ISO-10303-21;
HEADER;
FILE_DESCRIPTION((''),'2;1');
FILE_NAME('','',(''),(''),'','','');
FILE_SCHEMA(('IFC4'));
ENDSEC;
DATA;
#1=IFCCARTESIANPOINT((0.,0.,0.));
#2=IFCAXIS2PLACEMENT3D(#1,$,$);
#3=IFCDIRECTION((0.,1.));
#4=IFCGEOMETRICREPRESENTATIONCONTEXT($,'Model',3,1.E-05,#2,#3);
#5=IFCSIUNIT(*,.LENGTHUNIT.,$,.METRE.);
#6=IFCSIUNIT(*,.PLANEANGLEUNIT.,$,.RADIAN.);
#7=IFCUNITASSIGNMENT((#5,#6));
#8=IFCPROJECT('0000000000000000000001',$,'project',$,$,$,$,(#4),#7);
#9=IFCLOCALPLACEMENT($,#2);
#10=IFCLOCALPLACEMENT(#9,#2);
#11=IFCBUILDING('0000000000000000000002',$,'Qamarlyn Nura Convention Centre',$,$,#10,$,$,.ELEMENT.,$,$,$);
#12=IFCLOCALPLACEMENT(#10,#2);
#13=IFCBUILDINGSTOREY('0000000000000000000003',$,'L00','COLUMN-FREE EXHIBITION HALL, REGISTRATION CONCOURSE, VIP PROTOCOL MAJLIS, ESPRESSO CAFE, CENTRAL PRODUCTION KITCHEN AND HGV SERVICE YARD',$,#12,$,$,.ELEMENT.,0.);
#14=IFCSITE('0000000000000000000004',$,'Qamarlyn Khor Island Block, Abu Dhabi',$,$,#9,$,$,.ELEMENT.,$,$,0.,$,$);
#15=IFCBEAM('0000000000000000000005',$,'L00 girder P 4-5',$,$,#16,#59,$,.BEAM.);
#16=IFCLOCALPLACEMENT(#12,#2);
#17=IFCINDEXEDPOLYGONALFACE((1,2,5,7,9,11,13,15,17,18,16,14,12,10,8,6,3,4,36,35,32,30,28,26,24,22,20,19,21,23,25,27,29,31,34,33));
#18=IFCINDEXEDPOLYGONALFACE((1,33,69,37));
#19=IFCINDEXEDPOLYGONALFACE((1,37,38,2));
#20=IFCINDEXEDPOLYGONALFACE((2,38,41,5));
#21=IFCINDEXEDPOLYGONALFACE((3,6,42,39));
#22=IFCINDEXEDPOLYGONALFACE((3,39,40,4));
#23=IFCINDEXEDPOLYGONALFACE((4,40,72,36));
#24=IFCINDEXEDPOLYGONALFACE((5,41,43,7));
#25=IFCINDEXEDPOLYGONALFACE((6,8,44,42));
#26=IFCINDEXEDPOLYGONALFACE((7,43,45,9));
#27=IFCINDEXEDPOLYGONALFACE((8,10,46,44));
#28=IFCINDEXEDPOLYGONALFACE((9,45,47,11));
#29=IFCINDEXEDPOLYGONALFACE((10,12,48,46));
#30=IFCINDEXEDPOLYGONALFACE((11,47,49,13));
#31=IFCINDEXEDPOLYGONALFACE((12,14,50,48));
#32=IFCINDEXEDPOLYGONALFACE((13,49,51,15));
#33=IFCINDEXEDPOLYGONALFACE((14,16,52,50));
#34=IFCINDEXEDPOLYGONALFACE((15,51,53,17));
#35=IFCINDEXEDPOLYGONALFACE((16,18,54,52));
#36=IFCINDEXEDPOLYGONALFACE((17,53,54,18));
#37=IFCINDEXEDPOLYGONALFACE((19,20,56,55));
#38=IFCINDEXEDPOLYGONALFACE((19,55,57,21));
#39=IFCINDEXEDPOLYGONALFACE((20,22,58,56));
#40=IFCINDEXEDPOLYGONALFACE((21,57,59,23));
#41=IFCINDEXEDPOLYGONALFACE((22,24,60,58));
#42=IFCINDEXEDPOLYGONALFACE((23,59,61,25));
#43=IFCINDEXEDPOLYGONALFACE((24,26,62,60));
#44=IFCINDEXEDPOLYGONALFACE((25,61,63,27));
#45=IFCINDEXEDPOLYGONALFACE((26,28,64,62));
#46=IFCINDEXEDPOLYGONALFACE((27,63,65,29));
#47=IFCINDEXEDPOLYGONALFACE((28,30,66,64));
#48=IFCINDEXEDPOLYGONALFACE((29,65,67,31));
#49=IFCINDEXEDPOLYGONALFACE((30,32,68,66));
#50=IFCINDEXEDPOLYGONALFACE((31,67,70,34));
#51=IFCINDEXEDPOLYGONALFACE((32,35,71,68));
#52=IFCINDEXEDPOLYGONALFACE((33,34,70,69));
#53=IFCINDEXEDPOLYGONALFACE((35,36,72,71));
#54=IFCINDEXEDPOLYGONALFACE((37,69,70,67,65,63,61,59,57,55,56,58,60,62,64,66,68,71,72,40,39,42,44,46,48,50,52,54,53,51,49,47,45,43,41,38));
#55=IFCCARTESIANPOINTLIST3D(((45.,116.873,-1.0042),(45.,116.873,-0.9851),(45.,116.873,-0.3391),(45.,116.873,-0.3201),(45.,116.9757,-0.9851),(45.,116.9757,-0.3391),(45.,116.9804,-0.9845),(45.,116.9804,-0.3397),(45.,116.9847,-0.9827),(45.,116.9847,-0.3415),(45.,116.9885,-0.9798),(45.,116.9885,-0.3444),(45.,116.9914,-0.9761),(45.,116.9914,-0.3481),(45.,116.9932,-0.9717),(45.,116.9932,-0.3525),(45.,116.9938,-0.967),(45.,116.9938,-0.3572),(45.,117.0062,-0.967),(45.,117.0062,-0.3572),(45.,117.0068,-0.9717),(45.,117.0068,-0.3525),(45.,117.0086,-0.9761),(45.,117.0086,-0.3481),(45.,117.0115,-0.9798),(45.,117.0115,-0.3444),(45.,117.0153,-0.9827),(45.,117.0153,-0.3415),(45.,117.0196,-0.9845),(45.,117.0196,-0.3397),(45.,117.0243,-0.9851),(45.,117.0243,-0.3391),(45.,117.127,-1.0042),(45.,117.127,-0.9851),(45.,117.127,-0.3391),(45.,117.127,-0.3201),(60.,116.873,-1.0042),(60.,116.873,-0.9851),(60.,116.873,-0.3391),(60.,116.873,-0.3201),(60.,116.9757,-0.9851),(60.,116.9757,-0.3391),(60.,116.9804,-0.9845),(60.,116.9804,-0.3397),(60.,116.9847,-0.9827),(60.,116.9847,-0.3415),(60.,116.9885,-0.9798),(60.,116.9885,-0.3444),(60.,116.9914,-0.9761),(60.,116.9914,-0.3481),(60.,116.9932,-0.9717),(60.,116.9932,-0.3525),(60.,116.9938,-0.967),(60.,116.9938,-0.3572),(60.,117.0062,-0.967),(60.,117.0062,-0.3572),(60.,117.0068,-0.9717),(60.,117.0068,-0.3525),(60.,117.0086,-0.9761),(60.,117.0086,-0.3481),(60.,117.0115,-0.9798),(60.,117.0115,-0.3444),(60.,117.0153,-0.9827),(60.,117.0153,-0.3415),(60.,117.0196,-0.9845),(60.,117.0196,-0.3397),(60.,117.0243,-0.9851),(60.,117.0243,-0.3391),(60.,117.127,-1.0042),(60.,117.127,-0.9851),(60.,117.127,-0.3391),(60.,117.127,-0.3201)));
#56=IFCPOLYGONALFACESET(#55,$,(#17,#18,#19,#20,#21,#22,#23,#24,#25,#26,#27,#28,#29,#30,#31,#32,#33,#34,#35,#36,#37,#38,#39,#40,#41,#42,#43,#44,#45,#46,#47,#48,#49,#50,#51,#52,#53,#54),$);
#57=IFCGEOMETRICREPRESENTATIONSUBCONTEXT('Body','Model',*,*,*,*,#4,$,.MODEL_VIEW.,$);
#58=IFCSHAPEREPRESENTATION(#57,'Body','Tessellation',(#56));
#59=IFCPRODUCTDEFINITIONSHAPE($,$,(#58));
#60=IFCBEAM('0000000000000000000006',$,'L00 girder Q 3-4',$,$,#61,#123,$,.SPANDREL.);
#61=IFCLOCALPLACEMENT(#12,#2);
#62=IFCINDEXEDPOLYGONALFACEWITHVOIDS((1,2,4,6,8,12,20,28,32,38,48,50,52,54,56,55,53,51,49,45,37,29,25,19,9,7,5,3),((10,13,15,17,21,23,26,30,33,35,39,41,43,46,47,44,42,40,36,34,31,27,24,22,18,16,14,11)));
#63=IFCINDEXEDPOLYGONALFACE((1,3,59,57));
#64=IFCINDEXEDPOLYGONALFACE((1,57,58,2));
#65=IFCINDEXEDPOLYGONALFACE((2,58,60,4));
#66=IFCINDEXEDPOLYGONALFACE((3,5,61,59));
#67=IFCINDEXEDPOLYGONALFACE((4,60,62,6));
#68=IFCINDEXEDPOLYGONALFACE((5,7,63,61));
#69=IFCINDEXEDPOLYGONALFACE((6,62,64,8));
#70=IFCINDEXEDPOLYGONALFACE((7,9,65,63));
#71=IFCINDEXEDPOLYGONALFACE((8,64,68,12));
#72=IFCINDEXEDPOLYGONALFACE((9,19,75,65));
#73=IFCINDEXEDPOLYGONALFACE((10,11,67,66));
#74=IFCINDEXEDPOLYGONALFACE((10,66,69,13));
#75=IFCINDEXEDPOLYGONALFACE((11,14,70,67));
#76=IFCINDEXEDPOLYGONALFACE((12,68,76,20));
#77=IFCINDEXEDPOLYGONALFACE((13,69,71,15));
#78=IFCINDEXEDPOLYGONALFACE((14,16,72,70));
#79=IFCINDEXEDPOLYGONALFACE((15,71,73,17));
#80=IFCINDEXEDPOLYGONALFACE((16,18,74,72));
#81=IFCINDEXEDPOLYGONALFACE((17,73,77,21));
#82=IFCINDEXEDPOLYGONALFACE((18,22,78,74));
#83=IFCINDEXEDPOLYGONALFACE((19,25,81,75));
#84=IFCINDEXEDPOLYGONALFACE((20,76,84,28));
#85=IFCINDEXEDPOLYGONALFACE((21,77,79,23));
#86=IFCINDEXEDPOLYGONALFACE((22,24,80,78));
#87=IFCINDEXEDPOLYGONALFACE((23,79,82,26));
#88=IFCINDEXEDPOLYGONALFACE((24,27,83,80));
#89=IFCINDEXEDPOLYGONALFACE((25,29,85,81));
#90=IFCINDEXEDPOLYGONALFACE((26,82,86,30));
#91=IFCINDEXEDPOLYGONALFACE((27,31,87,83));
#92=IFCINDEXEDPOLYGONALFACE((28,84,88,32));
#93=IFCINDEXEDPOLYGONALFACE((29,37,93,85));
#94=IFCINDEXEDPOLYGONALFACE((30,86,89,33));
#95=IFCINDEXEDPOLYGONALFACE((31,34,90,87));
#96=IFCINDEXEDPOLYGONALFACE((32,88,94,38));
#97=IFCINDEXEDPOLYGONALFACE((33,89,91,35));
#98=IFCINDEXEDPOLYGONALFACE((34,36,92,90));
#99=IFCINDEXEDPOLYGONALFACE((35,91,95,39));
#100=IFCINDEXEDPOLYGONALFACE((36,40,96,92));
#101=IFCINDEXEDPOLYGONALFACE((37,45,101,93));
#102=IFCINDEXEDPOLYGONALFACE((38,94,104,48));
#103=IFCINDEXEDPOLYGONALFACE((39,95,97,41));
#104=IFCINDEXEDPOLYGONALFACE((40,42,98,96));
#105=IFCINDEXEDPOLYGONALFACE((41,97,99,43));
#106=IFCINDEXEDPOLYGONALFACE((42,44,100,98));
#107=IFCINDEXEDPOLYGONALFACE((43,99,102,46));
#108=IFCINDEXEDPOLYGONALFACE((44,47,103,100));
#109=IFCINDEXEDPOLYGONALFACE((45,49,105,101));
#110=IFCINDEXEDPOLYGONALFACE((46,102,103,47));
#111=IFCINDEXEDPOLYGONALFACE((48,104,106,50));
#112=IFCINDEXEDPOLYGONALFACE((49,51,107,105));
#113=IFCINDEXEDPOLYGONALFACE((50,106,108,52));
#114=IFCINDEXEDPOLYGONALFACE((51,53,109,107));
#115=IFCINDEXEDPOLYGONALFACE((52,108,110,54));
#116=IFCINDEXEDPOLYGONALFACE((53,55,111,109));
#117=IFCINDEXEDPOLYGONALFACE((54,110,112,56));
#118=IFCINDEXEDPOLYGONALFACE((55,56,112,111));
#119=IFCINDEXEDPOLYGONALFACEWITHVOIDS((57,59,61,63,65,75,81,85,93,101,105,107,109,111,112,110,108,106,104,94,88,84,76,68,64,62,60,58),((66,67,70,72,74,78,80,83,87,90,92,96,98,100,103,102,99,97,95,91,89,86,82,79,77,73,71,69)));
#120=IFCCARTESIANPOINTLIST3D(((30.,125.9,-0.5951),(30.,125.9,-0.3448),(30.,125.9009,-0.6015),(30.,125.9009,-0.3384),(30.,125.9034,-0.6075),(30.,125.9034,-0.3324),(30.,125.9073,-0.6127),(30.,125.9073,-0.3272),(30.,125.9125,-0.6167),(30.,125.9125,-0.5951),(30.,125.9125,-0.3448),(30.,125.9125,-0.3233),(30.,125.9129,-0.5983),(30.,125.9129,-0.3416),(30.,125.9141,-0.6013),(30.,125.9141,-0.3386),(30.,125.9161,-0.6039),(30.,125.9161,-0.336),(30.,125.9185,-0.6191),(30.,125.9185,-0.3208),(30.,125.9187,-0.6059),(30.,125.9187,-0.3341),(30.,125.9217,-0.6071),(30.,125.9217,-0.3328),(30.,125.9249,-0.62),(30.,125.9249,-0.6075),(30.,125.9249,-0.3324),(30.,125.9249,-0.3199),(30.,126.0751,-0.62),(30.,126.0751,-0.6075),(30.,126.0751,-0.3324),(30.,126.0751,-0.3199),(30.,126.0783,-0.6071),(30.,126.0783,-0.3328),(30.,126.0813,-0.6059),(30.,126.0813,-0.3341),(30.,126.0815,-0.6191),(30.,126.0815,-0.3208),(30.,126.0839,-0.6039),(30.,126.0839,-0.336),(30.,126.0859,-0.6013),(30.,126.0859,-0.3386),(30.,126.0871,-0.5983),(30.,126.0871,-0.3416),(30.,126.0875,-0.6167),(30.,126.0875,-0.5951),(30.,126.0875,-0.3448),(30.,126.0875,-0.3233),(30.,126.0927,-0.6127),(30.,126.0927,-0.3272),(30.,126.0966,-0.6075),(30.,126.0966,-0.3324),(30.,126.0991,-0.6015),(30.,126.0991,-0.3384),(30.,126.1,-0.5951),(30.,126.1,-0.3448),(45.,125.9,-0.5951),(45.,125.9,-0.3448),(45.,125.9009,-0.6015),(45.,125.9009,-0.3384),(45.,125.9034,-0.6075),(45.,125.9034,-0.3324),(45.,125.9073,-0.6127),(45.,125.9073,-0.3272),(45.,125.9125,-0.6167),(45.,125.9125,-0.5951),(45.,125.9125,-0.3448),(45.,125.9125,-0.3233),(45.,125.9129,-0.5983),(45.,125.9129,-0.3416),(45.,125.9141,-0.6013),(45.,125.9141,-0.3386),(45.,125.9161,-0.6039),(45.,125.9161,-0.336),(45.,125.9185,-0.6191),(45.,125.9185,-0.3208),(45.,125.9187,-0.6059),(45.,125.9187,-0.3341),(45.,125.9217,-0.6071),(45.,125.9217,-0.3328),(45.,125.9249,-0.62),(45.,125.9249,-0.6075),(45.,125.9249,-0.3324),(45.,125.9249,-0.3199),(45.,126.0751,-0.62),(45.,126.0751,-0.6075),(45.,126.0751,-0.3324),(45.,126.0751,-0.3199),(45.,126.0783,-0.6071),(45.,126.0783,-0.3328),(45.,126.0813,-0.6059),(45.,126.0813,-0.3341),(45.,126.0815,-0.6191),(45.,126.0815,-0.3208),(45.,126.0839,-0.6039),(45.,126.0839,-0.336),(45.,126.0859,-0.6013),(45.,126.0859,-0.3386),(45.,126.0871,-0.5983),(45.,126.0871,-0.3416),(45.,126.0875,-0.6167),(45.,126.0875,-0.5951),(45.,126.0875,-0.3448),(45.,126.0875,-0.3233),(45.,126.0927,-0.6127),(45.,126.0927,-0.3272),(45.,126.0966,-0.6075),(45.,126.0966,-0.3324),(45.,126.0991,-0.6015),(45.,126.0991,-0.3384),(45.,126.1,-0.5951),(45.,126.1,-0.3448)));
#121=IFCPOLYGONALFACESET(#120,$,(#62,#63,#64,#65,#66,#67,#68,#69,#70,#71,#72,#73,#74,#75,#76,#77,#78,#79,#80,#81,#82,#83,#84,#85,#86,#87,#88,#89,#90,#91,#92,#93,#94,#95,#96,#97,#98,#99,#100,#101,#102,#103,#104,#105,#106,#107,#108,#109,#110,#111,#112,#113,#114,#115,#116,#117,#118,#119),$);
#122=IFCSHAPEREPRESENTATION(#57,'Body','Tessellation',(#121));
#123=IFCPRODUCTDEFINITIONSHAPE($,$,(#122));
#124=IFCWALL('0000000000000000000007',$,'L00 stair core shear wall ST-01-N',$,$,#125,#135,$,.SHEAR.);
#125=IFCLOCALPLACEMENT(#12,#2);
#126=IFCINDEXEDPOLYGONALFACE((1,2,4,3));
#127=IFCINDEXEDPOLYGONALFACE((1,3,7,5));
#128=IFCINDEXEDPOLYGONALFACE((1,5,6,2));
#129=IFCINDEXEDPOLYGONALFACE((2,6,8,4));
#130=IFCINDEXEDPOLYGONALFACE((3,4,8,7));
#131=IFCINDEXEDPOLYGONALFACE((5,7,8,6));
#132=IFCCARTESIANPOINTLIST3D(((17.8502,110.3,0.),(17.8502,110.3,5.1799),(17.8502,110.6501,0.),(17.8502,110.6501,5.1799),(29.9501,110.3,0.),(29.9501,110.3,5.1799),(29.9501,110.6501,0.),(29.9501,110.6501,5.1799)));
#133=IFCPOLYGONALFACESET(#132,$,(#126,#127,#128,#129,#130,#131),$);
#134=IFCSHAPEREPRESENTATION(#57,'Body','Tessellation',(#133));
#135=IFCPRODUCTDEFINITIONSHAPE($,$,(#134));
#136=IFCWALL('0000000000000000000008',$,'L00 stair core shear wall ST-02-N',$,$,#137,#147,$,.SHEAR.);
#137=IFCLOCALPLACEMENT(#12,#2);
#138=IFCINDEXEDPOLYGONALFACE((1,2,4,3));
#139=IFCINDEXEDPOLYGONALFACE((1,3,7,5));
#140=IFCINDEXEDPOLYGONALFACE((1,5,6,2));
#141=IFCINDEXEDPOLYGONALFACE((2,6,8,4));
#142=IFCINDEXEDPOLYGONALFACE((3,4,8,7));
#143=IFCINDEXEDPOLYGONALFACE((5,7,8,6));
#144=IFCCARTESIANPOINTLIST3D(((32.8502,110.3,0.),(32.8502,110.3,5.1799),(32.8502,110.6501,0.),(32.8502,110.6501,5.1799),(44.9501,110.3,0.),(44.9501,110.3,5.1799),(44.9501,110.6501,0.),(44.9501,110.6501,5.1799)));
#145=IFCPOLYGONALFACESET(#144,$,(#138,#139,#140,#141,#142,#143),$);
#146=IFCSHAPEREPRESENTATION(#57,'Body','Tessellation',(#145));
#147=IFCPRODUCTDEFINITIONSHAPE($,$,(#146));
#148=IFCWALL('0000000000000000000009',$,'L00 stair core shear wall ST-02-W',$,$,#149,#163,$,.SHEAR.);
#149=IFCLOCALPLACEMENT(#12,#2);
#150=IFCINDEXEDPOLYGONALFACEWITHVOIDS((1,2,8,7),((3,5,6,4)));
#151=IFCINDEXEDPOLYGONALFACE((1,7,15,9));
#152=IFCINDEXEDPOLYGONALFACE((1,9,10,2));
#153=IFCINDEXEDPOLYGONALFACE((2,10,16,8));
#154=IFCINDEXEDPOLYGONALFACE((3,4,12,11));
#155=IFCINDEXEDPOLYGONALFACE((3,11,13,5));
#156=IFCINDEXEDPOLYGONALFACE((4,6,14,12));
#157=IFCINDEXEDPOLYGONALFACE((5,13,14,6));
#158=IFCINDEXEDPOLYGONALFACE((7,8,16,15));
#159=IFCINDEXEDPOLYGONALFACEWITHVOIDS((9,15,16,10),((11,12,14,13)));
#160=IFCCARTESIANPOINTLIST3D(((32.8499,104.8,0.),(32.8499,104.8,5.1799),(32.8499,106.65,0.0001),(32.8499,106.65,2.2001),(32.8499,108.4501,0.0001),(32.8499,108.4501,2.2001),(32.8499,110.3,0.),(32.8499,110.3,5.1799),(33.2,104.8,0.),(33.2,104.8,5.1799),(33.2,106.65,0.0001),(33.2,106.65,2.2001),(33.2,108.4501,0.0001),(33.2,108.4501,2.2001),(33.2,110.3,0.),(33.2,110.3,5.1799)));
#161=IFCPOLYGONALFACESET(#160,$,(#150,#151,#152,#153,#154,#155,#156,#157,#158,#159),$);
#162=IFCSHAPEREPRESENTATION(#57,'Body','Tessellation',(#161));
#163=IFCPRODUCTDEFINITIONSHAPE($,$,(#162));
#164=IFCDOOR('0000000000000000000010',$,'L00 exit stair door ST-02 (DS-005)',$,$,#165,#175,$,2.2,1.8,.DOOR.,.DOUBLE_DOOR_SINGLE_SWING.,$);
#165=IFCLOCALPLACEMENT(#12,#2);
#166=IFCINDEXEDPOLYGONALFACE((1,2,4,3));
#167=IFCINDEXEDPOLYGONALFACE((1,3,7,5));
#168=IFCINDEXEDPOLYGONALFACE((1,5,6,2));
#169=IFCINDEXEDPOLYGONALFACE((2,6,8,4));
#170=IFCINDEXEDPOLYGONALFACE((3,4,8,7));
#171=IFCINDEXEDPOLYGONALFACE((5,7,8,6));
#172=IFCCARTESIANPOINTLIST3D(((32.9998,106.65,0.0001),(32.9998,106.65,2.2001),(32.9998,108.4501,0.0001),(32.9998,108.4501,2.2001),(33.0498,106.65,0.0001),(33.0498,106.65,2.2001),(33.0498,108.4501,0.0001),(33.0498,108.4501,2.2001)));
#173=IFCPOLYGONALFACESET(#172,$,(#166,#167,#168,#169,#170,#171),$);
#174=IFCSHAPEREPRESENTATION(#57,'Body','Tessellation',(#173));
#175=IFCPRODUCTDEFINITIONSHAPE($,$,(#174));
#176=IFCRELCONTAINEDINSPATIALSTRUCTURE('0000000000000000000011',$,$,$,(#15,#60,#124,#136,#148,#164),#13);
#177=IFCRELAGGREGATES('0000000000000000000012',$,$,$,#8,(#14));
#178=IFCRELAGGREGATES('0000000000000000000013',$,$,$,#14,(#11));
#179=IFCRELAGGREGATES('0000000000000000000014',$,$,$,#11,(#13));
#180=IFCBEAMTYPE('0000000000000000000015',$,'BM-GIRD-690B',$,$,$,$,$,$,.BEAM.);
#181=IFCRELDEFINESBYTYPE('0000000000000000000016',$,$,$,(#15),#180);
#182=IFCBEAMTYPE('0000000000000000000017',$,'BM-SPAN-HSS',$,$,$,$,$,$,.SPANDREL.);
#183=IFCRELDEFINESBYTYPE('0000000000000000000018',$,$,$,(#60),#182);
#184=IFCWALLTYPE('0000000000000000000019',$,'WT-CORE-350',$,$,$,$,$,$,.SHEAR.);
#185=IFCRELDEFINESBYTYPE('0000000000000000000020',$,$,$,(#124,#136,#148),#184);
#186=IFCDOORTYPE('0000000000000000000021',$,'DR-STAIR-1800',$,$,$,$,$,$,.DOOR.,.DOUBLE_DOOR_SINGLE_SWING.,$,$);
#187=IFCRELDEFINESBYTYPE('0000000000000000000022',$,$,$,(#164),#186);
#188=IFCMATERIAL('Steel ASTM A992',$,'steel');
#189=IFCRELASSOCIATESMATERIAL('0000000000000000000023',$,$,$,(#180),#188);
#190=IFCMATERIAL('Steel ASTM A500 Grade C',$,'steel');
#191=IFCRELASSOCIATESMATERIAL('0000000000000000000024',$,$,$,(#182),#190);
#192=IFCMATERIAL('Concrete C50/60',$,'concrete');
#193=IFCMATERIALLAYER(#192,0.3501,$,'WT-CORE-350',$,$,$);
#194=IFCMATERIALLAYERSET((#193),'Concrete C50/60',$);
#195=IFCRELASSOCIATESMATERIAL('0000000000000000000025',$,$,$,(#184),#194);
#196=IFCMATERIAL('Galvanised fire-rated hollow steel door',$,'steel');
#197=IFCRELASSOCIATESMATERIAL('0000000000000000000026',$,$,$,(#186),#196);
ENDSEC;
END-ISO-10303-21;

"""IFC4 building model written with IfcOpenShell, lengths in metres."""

from ifc_helpers import new_model, si_unit, direction, frame, frame_2d, origin, origin_2d, place, context, subcontext, project, spatial, rectangle, hollow_rectangle, i_section, extrude, material, layer, layer_set, material_profile, profile_set, type_object, element, fill, save


model = new_model("IFC4")

# Units and contexts
model_context = context("Model", 3, precision=1e-05, world=origin(), true_north=direction((0.0, 1.0)))
body_context = subcontext(model_context, "Body", "Model", "MODEL_VIEW")
ifc_project = project(units=[si_unit("LENGTHUNIT", "METRE"), si_unit("PLANEANGLEUNIT", "RADIAN")], contexts=[model_context])

# Site, building, storey
site_placement = place(None, origin())
site = spatial("IfcSite", under=ifc_project, at=site_placement, Name="Qamarlyn Khor Island Block, Abu Dhabi", CompositionType="ELEMENT", RefElevation=0.0)
building_placement = place(site_placement, origin())
building = spatial("IfcBuilding", under=site, at=building_placement, Name="Qamarlyn Nura Convention Centre", CompositionType="ELEMENT")
storey_placement = place(building_placement, origin())
storey = spatial("IfcBuildingStorey", under=building, at=storey_placement, Name="L00", Description="COLUMN-FREE EXHIBITION HALL, REGISTRATION CONCOURSE, VIP PROTOCOL MAJLIS, ESPRESSO CAFE, CENTRAL PRODUCTION KITCHEN AND HGV SERVICE YARD", CompositionType="ELEMENT", Elevation=0.0)

# Shared definitions
ifc_material_1 = material(Name="Concrete C50/60", Category="concrete")
ifc_material_2 = material(Name="Steel ASTM A992", Category="steel")

# Beams
ifc_material_profile_1 = material_profile(ifc_material_2, i_section(OverallWidth=0.2539, OverallDepth=0.6841, WebThickness=0.0125, FlangeThickness=0.019, FilletRadius=0.0181, at=origin_2d()), Name="W690X140")
ifc_profile_set_1 = profile_set([ifc_material_profile_1], Name="Steel ASTM A992")
beam_type_1 = type_object("IfcBeamType", Name="BM-GIRD-690B", PredefinedType="BEAM", material=ifc_profile_set_1)
beam_1_placement = place(storey_placement, frame((45.0, 117.0, -0.6621), z_axis=(1.0, 0.0, 0.0), x_axis=(0.0, 1.0, 0.0)))
element("IfcBeam", 1, at=beam_1_placement, inside=storey, type_object=beam_type_1, Name="L00 girder P 4-5", PredefinedType="BEAM", context=body_context, shape_type="SweptSolid", body=[
    extrude(i_section(OverallWidth=0.2539, OverallDepth=0.6841, WebThickness=0.0125, FlangeThickness=0.019, FilletRadius=0.0181, at=origin_2d()), origin(), (0.0, 0.0, 1.0), 15.0),
])
ifc_material_3 = material(Name="Steel ASTM A500 Grade C", Category="steel")
ifc_material_profile_2 = material_profile(ifc_material_3, hollow_rectangle(XDim=0.2, YDim=0.3, WallThickness=0.0125, InnerFilletRadius=0.0125, OuterFilletRadius=0.0249, at=origin_2d()), Name="HSS300X200X12.5")
ifc_profile_set_2 = profile_set([ifc_material_profile_2], Name="Steel ASTM A500 Grade C")
beam_type_2 = type_object("IfcBeamType", Name="BM-SPAN-HSS", PredefinedType="SPANDREL", material=ifc_profile_set_2)
beam_2_placement = place(storey_placement, frame((30.0, 126.0, -0.47), z_axis=(1.0, 0.0, 0.0), x_axis=(0.0, 1.0, 0.0)))
element("IfcBeam", 2, at=beam_2_placement, inside=storey, type_object=beam_type_2, Name="L00 girder Q 3-4", PredefinedType="SPANDREL", context=body_context, shape_type="SweptSolid", body=[
    extrude(hollow_rectangle(XDim=0.2, YDim=0.3, WallThickness=0.0125, InnerFilletRadius=0.0125, OuterFilletRadius=0.0249, at=origin_2d()), origin(), (0.0, 0.0, 1.0), 15.0),
])

# Walls
ifc_layer_1 = layer(ifc_material_1, 0.3501, Name="WT-CORE-350")
ifc_layer_set_1 = layer_set([ifc_layer_1], Name="Concrete C50/60")
wall_type_1 = type_object("IfcWallType", Name="WT-CORE-350", PredefinedType="SHEAR", material=ifc_layer_set_1)
for number, where, z_axis, x_axis, name in (
    (3, (29.95, 110.4751, 0.0), (0.0, 0.0, 1.0), (-1.0, 0.0, 0.0), "L00 stair core shear wall ST-01-N"),
    (4, (44.95, 110.4751, 0.0), (0.0, 0.0, 1.0), (-1.0, 0.0, 0.0), "L00 stair core shear wall ST-02-N"),
):
    element("IfcWall", number, at=place(storey_placement, frame(where, z_axis=z_axis, x_axis=x_axis)), inside=storey, type_object=wall_type_1, Name=name, PredefinedType="SHEAR", context=body_context, shape_type="SweptSolid", body=[
        extrude(rectangle(XDim=12.0999, YDim=0.3501, at=frame_2d((6.0498, 0.0))), origin(), (0.0, 0.0, 1.0), 5.1799),
    ])

# Wall, opening, door
wall_1_placement = place(storey_placement, frame((33.0249, 110.3, 0.0), z_axis=(0.0, 0.0, 1.0), x_axis=(0.0, -1.0, 0.0)))
wall_1 = element("IfcWall", 5, at=wall_1_placement, inside=storey, type_object=wall_type_1, Name="L00 stair core shear wall ST-02-W", PredefinedType="SHEAR", context=body_context, shape_type="SweptSolid", body=[
    extrude(rectangle(XDim=5.5, YDim=0.3501, at=frame_2d((2.75, 0.0))), origin(), (0.0, 0.0, 1.0), 5.1799),
])
opening_1_placement = place(wall_1_placement, frame((1.8501, 0.0, 0.0)))
opening_1 = element("IfcOpeningElement", 6, at=opening_1_placement, cuts=wall_1, PredefinedType="OPENING", context=body_context, shape_type="SweptSolid", body=[
    extrude(rectangle(XDim=1.8, YDim=2.2, at=frame_2d((0.8999, 1.1001))), frame((0.0, 0.1851, 0.0), z_axis=(0.0, -1.0, 0.0), x_axis=(1.0, 0.0, 0.0)), (0.0, 0.0, 1.0), 0.3701),
])
ifc_material_4 = material(Name="Galvanised fire-rated hollow steel door", Category="steel")
door_type_1 = type_object("IfcDoorType", Name="DR-STAIR-1800", OperationType="DOUBLE_DOOR_SINGLE_SWING", PredefinedType="DOOR", material=ifc_material_4)
door_1_placement = place(opening_1_placement, origin())
door_1 = element("IfcDoor", 7, at=door_1_placement, inside=storey, type_object=door_type_1, Name="L00 exit stair door ST-02 (DS-005)", OperationType="DOUBLE_DOOR_SINGLE_SWING", OverallHeight=2.2, OverallWidth=1.8, PredefinedType="DOOR", context=body_context, shape_type="SweptSolid", body=[
    extrude(rectangle(XDim=1.8, YDim=2.2, at=frame_2d((0.8999, 1.1001))), frame((0.0, 0.0249, 0.0), z_axis=(0.0, -1.0, 0.0), x_axis=(1.0, 0.0, 0.0)), (0.0, 0.0, 1.0), 0.05),
])
fill(opening_1, door_1)

save(model, "model.ifc")
